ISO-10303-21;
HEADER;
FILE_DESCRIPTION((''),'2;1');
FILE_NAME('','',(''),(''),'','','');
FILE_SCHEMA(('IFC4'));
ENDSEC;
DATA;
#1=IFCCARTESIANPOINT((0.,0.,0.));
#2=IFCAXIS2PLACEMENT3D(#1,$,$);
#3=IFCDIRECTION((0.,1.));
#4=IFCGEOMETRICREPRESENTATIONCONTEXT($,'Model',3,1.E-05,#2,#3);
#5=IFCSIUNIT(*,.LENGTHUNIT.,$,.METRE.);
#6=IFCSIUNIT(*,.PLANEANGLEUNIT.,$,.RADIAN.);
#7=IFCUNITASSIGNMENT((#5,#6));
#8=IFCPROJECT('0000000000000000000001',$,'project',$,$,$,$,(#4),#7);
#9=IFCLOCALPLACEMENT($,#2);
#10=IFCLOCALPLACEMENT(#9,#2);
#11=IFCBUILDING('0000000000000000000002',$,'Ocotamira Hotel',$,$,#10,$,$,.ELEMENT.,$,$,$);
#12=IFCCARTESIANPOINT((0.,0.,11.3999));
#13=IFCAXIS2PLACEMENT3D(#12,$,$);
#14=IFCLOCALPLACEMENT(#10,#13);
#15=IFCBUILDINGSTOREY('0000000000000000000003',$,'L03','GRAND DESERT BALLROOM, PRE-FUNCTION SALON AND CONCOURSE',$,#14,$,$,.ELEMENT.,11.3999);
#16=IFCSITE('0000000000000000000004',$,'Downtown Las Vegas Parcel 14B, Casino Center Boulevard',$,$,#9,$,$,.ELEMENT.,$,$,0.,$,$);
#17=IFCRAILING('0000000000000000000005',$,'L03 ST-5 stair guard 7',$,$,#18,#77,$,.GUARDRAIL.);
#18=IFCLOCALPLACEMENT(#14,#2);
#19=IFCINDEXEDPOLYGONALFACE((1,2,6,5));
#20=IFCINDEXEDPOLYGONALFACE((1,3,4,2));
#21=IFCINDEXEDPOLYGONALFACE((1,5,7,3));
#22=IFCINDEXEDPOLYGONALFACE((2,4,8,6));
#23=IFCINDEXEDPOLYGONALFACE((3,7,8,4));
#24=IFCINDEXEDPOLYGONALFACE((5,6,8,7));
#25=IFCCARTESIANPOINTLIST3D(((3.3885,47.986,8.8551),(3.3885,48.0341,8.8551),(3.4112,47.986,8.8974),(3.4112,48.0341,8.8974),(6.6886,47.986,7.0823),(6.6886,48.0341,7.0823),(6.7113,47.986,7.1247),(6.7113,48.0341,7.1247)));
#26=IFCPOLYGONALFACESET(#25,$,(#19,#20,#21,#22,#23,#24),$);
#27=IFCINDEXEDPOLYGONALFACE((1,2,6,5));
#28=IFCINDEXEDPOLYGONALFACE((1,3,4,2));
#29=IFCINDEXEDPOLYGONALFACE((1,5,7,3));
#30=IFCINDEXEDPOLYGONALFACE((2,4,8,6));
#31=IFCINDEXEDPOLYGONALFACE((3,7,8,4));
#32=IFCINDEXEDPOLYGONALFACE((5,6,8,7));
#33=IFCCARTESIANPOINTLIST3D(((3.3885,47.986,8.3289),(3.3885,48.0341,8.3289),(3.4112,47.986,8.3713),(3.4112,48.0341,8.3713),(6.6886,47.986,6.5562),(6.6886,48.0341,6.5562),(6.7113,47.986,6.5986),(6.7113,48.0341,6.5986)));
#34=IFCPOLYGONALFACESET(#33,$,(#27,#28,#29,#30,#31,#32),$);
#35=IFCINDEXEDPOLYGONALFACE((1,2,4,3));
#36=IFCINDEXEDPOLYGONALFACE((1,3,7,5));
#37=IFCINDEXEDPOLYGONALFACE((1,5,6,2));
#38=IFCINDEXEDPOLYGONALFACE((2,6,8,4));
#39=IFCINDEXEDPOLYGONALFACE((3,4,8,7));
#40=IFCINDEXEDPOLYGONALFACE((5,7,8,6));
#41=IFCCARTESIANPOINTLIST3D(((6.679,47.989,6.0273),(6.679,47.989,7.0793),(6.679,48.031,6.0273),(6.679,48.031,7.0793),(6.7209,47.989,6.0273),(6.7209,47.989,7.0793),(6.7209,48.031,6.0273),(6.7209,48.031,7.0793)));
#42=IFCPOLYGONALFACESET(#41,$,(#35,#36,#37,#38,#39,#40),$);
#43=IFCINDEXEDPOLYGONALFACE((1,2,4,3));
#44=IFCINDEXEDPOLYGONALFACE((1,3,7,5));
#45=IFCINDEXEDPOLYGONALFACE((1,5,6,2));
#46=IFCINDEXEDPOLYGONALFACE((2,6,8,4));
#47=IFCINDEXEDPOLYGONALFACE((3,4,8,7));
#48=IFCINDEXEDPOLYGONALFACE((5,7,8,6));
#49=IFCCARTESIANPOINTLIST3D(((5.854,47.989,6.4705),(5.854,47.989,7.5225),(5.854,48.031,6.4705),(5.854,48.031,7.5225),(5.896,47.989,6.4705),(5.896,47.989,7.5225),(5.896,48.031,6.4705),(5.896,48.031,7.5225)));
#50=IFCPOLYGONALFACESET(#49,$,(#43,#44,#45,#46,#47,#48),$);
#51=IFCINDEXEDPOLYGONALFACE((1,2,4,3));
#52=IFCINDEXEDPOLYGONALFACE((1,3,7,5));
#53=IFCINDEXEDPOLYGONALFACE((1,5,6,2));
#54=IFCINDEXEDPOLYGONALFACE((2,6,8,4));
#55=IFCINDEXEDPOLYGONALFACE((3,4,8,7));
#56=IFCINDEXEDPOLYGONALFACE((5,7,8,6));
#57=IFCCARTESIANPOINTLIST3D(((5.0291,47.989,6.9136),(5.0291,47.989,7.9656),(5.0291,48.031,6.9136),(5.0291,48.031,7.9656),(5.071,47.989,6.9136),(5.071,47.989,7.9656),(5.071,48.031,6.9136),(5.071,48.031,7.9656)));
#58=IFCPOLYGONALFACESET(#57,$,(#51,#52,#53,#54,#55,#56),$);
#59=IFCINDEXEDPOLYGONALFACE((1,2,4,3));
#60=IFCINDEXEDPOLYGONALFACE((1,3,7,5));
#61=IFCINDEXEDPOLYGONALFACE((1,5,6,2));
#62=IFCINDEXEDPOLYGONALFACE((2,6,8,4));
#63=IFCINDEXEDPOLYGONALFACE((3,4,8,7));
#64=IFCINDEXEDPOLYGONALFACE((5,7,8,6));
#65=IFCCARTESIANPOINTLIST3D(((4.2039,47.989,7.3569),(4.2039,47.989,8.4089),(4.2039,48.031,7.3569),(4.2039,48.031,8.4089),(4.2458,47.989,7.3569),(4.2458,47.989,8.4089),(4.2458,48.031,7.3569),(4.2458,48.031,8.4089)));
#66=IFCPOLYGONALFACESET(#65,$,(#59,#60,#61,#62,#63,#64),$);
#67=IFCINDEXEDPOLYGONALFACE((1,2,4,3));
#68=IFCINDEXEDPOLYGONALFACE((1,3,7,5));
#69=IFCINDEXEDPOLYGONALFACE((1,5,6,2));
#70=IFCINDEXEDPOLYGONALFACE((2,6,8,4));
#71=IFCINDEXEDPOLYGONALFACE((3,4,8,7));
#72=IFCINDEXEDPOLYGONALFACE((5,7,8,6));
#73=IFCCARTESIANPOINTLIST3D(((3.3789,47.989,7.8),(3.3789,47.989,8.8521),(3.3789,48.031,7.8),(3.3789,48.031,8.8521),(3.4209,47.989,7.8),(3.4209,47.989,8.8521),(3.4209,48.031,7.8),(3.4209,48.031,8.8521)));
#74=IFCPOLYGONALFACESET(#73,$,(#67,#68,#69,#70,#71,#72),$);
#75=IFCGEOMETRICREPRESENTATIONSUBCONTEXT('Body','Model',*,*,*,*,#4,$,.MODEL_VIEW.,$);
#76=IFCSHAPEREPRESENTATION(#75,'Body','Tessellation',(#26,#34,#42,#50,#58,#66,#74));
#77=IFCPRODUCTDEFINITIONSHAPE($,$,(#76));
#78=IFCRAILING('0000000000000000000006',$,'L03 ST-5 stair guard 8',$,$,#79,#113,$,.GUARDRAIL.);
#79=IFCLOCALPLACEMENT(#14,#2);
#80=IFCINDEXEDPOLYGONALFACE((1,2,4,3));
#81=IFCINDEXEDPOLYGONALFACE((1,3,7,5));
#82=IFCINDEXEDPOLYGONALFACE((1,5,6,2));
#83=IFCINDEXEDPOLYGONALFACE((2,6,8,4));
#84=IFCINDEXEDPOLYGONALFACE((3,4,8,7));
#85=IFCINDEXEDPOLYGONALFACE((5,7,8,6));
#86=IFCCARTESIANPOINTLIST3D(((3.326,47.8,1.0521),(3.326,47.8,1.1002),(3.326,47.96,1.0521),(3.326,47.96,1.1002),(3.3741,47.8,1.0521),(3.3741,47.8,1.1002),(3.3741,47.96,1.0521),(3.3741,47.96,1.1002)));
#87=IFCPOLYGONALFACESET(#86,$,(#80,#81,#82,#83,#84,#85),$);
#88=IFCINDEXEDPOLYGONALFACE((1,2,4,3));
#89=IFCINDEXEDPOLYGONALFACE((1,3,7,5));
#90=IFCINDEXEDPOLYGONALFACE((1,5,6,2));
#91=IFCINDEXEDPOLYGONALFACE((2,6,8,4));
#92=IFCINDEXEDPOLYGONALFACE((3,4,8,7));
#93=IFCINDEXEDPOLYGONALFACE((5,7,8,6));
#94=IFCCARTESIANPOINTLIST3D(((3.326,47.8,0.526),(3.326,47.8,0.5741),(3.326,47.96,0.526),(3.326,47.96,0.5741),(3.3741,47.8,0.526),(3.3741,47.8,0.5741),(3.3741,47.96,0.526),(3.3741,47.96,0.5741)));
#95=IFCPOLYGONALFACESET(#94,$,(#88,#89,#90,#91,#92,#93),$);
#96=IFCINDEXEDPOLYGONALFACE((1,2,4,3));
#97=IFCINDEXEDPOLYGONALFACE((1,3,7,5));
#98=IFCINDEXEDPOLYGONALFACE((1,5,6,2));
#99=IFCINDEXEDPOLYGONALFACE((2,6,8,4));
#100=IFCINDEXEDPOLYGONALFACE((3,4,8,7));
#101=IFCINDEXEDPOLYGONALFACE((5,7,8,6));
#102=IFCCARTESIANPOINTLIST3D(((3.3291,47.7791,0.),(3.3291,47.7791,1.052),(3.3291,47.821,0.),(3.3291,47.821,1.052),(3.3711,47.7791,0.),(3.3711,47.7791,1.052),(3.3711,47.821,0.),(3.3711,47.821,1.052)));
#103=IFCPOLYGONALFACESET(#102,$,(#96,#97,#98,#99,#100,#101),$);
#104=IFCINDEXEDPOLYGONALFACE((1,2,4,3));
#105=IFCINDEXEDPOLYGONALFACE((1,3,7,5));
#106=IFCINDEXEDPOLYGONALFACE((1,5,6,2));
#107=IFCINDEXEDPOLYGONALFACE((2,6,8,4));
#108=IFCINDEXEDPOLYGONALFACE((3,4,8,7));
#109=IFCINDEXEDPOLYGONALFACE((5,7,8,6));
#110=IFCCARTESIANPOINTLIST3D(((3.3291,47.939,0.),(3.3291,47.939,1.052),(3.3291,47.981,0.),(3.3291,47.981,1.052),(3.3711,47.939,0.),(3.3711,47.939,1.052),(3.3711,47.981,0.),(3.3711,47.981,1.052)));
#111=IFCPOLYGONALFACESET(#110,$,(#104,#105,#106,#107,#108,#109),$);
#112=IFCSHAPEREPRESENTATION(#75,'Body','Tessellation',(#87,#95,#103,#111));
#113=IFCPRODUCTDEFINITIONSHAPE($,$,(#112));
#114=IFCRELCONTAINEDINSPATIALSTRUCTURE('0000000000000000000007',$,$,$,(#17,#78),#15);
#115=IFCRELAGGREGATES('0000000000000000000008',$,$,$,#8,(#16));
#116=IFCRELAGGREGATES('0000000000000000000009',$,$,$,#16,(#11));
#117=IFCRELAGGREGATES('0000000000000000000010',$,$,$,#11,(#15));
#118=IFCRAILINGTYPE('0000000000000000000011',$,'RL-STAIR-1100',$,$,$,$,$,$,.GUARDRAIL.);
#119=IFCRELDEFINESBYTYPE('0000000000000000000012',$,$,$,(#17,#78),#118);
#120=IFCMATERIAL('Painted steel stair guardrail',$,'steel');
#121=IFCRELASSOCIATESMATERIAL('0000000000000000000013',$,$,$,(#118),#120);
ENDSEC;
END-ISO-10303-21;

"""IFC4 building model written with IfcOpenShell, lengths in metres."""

from ifc_helpers import new_model, si_unit, direction, frame, origin, origin_2d, place, context, subcontext, project, spatial, rectangle, extrude, material, type_object, element, save


model = new_model("IFC4")

# Units and contexts
model_context = context("Model", 3, precision=1e-05, world=origin(), true_north=direction((0.0, 1.0)))
body_context = subcontext(model_context, "Body", "Model", "MODEL_VIEW")
ifc_project = project(units=[si_unit("LENGTHUNIT", "METRE"), si_unit("PLANEANGLEUNIT", "RADIAN")], contexts=[model_context])

# Site, building, storey
site_placement = place(None, origin())
site = spatial("IfcSite", under=ifc_project, at=site_placement, Name="Downtown Las Vegas Parcel 14B, Casino Center Boulevard", CompositionType="ELEMENT", RefElevation=0.0)
building_placement = place(site_placement, origin())
building = spatial("IfcBuilding", under=site, at=building_placement, Name="Ocotamira Hotel", CompositionType="ELEMENT")
storey_placement = place(building_placement, frame((0.0, 0.0, 11.3999)))
storey = spatial("IfcBuildingStorey", under=building, at=storey_placement, Name="L03", Description="GRAND DESERT BALLROOM, PRE-FUNCTION SALON AND CONCOURSE", CompositionType="ELEMENT", Elevation=11.3999)

# Railings
ifc_material_1 = material(Name="Painted steel stair guardrail", Category="steel")
railing_type_1 = type_object("IfcRailingType", Name="RL-STAIR-1100", PredefinedType="GUARDRAIL", material=ifc_material_1)
railing_1_placement = place(storey_placement, frame((6.7, 48.01, 6.0273)))
element("IfcRailing", 1, at=railing_1_placement, inside=storey, type_object=railing_type_1, Name="L03 ST-5 stair guard 7", PredefinedType="GUARDRAIL", context=body_context, shape_type="SweptSolid", body=[
    extrude(rectangle(XDim=0.0481, YDim=0.0481, at=origin_2d()), frame((0.0, 0.0, 1.0762), z_axis=(-0.880944, 0.0, 0.473221), x_axis=(0.0, -1.0, 0.0)), (0.0, 0.0, 1.0), 3.7461),
    extrude(rectangle(XDim=0.0481, YDim=0.0481, at=origin_2d()), frame((0.0, 0.0, 0.55), z_axis=(-0.880944, 0.0, 0.473221), x_axis=(0.0, -1.0, 0.0)), (0.0, 0.0, 1.0), 3.7461),
    extrude(rectangle(XDim=0.042, YDim=0.042, at=origin_2d()), origin(), (0.0, 0.0, 1.0), 1.052),
    extrude(rectangle(XDim=0.042, YDim=0.042, at=origin_2d()), frame((-0.825, 0.0, 0.4431)), (0.0, 0.0, 1.0), 1.052),
    extrude(rectangle(XDim=0.042, YDim=0.042, at=origin_2d()), frame((-1.6499, 0.0, 0.8862)), (0.0, 0.0, 1.0), 1.052),
    extrude(rectangle(XDim=0.042, YDim=0.042, at=origin_2d()), frame((-2.4751, 0.0, 1.3296)), (0.0, 0.0, 1.0), 1.052),
    extrude(rectangle(XDim=0.042, YDim=0.042, at=origin_2d()), frame((-3.3, 0.0, 1.7727)), (0.0, 0.0, 1.0), 1.052),
])
railing_2_placement = place(storey_placement, frame((3.3501, 47.8, 0.0)))
element("IfcRailing", 2, at=railing_2_placement, inside=storey, type_object=railing_type_1, Name="L03 ST-5 stair guard 8", PredefinedType="GUARDRAIL", context=body_context, shape_type="SweptSolid", body=[
    extrude(rectangle(XDim=0.0481, YDim=0.0481, at=origin_2d()), frame((0.0, 0.0, 1.0762), z_axis=(0.0, 1.0, 0.0), x_axis=(-1.0, 0.0, 0.0)), (0.0, 0.0, 1.0), 0.1599),
    extrude(rectangle(XDim=0.0481, YDim=0.0481, at=origin_2d()), frame((0.0, 0.0, 0.55), z_axis=(0.0, 1.0, 0.0), x_axis=(-1.0, 0.0, 0.0)), (0.0, 0.0, 1.0), 0.1599),
    extrude(rectangle(XDim=0.042, YDim=0.042, at=origin_2d()), origin(), (0.0, 0.0, 1.0), 1.052),
    extrude(rectangle(XDim=0.042, YDim=0.042, at=origin_2d()), frame((0.0, 0.1599, 0.0)), (0.0, 0.0, 1.0), 1.052),
])

save(model, "model.ifc")
